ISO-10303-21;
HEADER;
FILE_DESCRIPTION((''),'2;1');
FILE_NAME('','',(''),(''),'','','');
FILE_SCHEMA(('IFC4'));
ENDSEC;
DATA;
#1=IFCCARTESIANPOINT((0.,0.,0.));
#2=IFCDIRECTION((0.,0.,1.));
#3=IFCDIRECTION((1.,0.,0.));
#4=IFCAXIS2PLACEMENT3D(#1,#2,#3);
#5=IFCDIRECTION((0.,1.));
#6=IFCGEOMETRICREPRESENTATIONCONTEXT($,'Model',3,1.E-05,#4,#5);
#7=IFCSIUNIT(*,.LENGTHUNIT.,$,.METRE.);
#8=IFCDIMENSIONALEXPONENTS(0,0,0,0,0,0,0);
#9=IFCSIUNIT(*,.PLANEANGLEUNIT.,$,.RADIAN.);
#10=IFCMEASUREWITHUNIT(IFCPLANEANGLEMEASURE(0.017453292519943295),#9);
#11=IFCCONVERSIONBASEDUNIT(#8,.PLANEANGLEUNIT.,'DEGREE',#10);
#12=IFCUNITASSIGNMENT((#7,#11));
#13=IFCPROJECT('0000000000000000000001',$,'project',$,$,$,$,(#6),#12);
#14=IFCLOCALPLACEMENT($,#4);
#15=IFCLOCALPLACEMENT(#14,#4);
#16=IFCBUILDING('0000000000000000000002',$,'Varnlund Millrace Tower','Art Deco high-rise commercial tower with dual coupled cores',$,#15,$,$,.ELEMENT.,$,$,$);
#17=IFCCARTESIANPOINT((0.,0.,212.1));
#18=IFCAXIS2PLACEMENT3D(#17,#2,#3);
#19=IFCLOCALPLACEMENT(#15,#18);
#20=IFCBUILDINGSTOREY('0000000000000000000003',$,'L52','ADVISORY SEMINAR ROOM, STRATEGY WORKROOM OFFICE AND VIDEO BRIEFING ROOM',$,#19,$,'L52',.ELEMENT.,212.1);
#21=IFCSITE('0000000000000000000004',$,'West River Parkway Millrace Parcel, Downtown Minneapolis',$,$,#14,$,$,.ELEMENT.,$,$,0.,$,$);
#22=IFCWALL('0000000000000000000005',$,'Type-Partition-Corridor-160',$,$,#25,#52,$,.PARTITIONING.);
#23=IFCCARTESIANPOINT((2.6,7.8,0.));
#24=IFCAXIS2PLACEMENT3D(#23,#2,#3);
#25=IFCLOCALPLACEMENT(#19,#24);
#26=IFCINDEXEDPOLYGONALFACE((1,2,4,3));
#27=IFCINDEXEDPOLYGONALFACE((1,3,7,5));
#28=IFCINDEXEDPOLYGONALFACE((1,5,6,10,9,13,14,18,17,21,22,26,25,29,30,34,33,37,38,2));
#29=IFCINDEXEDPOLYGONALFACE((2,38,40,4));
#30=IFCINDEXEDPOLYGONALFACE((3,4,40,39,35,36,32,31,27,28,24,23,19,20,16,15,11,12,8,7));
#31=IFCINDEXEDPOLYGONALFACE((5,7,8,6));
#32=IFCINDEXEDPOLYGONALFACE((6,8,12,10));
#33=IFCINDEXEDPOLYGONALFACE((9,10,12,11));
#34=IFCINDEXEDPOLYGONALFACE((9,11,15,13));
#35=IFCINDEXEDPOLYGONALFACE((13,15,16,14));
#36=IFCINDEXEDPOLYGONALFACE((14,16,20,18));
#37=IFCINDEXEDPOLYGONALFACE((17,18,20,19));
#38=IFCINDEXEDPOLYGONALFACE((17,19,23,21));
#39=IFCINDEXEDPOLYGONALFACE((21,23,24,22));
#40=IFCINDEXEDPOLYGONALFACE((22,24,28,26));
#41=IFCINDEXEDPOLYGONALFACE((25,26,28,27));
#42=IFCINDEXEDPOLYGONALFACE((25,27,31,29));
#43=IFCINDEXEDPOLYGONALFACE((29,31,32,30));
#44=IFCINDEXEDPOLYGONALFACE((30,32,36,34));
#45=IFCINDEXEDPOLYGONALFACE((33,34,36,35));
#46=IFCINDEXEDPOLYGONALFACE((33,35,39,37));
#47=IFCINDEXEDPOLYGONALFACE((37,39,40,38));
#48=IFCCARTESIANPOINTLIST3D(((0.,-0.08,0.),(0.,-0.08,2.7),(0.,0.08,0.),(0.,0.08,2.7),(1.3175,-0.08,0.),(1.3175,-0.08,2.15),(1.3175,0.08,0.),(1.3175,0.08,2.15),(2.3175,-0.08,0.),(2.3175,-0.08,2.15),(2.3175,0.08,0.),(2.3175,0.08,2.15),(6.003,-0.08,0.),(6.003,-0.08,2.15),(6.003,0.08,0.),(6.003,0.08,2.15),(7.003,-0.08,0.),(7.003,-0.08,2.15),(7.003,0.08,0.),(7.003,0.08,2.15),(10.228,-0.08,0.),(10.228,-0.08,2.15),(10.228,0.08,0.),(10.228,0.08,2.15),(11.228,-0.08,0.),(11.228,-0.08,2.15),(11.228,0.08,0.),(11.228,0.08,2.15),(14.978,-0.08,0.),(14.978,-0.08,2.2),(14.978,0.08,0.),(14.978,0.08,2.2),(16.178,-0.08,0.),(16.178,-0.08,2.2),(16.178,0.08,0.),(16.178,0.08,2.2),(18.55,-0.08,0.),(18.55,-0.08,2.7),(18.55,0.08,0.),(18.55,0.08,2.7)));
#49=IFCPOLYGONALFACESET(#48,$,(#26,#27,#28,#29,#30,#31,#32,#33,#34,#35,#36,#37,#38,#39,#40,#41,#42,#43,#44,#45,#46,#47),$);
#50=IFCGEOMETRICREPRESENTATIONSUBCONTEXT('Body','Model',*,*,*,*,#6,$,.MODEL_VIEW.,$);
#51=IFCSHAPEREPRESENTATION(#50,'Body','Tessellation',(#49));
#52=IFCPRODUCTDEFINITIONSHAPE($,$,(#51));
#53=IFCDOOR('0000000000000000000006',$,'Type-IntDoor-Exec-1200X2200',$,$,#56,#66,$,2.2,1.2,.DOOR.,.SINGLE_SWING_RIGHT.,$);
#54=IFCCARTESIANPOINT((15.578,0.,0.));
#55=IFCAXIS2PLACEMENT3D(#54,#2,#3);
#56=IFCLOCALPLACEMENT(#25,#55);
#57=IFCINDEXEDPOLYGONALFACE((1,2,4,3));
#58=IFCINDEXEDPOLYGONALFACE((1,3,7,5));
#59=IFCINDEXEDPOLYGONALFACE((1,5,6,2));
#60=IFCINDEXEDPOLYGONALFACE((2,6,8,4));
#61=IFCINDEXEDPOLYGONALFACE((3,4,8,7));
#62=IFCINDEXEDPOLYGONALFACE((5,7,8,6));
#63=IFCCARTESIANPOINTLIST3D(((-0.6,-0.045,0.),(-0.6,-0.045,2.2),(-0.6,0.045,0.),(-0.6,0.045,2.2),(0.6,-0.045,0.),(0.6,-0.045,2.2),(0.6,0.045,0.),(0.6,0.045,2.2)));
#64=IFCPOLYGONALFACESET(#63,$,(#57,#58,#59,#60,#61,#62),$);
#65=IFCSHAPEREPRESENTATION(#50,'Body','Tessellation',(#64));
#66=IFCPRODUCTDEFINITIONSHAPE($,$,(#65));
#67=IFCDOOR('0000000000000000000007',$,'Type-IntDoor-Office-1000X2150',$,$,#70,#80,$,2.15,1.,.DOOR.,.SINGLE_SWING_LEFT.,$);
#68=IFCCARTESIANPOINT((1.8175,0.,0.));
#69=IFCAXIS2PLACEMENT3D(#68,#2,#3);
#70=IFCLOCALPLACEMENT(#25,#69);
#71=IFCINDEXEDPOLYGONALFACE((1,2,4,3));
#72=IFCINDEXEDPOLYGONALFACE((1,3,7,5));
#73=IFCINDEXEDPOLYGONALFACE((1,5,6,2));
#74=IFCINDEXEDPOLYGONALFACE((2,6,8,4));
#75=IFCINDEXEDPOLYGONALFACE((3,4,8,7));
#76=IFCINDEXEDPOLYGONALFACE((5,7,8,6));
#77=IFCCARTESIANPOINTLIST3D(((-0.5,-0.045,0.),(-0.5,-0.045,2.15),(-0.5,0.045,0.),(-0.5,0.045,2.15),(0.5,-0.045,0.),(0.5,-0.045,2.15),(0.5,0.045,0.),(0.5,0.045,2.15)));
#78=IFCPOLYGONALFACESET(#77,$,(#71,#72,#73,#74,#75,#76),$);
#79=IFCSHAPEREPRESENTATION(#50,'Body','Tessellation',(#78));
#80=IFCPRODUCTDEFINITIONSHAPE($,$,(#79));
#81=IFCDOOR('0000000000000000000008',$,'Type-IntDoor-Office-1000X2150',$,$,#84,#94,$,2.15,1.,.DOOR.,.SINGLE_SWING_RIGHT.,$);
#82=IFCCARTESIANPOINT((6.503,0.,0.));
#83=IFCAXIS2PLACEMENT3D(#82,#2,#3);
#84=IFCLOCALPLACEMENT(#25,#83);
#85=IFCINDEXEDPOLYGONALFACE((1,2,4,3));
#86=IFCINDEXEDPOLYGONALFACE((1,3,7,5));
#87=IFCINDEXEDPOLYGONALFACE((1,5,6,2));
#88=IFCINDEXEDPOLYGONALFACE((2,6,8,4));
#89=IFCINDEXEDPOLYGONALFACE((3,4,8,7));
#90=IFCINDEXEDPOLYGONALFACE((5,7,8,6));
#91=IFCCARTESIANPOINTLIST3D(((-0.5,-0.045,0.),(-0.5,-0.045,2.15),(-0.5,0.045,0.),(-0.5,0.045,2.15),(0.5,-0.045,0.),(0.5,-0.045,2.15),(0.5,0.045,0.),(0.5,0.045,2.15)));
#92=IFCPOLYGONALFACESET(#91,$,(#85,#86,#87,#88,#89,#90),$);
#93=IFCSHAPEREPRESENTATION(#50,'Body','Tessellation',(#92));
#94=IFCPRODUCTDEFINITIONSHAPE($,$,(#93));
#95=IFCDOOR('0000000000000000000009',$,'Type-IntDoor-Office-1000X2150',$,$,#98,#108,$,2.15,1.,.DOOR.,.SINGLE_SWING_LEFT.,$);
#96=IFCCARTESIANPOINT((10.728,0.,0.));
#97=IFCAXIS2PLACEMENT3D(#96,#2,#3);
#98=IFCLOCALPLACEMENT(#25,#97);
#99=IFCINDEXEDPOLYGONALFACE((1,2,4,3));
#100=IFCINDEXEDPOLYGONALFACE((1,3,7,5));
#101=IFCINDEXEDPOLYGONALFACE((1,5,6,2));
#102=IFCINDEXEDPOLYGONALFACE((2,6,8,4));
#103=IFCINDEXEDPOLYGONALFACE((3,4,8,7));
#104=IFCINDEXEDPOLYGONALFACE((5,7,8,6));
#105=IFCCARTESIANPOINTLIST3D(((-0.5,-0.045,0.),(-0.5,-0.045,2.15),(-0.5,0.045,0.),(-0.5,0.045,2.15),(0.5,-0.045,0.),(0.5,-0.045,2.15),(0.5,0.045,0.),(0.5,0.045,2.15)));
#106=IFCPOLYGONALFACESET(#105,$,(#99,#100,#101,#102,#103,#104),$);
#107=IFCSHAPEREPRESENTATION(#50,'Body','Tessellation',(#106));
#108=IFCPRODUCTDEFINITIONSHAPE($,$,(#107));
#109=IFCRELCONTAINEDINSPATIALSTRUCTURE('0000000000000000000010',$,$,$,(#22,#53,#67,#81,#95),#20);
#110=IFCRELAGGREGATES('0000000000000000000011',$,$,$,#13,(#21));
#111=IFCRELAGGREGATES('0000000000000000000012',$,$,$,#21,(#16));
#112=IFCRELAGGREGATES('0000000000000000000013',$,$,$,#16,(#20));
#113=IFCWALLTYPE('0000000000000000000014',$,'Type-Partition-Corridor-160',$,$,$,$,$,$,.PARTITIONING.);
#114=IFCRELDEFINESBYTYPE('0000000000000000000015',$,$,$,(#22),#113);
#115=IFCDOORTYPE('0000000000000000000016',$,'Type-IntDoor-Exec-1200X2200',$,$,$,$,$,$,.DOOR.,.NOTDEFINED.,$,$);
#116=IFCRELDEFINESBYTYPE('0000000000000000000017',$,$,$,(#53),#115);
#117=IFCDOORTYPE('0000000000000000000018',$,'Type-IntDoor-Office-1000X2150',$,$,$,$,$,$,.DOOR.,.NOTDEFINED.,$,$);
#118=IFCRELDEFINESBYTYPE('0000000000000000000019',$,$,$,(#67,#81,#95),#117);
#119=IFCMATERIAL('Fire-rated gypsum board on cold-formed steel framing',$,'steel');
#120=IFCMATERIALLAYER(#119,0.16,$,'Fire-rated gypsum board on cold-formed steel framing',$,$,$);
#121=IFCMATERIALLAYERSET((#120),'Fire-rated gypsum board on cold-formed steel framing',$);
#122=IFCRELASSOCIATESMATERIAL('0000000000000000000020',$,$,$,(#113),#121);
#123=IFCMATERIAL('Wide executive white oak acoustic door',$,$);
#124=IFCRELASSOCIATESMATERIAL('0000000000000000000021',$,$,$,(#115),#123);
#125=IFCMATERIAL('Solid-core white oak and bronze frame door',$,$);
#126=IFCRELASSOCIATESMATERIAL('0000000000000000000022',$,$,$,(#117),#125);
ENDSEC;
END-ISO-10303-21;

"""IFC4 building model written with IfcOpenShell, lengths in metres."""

from ifc_helpers import new_model, entity, si_unit, converted_unit, direction, frame, origin_with_axes, origin_2d_with_axis, place, context, subcontext, project, spatial, polyline, rectangle, outline, extrude, material, layer, layer_set, type_object, element, fill, save


model = new_model("IFC4")

# Units and contexts
model_context = context("Model", 3, precision=1e-05, world=origin_with_axes(), true_north=direction((0.0, 1.0)))
body_context = subcontext(model_context, "Body", "Model", "MODEL_VIEW")
ifc_project = project(units=[si_unit("LENGTHUNIT", "METRE"), converted_unit("PLANEANGLEUNIT", "DEGREE", entity("IfcPlaneAngleMeasure", 0.017453292519943295), si_unit("PLANEANGLEUNIT", "RADIAN"), dimensions=[0, 0, 0, 0, 0, 0, 0])], contexts=[model_context])

# Site, building, storey
site_placement = place(None, origin_with_axes())
site = spatial("IfcSite", under=ifc_project, at=site_placement, Name="West River Parkway Millrace Parcel, Downtown Minneapolis", CompositionType="ELEMENT", RefElevation=0.0)
building_placement = place(site_placement, origin_with_axes())
building = spatial("IfcBuilding", under=site, at=building_placement, Name="Varnlund Millrace Tower", Description="Art Deco high-rise commercial tower with dual coupled cores", CompositionType="ELEMENT")
storey_placement = place(building_placement, frame((0.0, 0.0, 212.1), z_axis=(0.0, 0.0, 1.0), x_axis=(1.0, 0.0, 0.0)))
storey = spatial("IfcBuildingStorey", under=building, at=storey_placement, Name="L52", Description="ADVISORY SEMINAR ROOM, STRATEGY WORKROOM OFFICE AND VIDEO BRIEFING ROOM", LongName="L52", CompositionType="ELEMENT", Elevation=212.1)

# Shared definitions
ifc_material_1 = material(Name="Fire-rated gypsum board on cold-formed steel framing", Category="steel")
ifc_layer_1 = layer(ifc_material_1, 0.16, Name="Fire-rated gypsum board on cold-formed steel framing")
ifc_layer_set_1 = layer_set([ifc_layer_1], Name="Fire-rated gypsum board on cold-formed steel framing")
wall_type_1 = type_object("IfcWallType", Name="Type-Partition-Corridor-160", PredefinedType="PARTITIONING", material=ifc_layer_set_1)

# Wall, openings, doors
wall_1_placement = place(storey_placement, frame((2.6, 7.8, 0.0), z_axis=(0.0, 0.0, 1.0), x_axis=(1.0, 0.0, 0.0)))
wall_1 = element("IfcWall", 1, at=wall_1_placement, inside=storey, type_object=wall_type_1, Name="Type-Partition-Corridor-160", PredefinedType="PARTITIONING", context=body_context, shape_type="SweptSolid", body=[
    extrude(outline(polyline([(0.0, -0.08), (18.55, -0.08), (18.55, 0.08), (0.0, 0.08), (0.0, -0.08)])), origin_with_axes(), (0.0, 0.0, 1.0), 2.7),
])
opening_1_placement = place(wall_1_placement, frame((1.8175, 0.0, 0.0), z_axis=(0.0, 0.0, 1.0), x_axis=(1.0, 0.0, 0.0)))
opening_1 = element("IfcOpeningElement", 2, at=opening_1_placement, cuts=wall_1, PredefinedType="OPENING", context=body_context, shape_type="SweptSolid", body=[
    extrude(rectangle(XDim=1.0, YDim=0.18, at=origin_2d_with_axis()), origin_with_axes(), (0.0, 0.0, 1.0), 2.15),
])
opening_2_placement = place(wall_1_placement, frame((6.503, 0.0, 0.0), z_axis=(0.0, 0.0, 1.0), x_axis=(1.0, 0.0, 0.0)))
opening_2 = element("IfcOpeningElement", 3, at=opening_2_placement, cuts=wall_1, PredefinedType="OPENING", context=body_context, shape_type="SweptSolid", body=[
    extrude(rectangle(XDim=1.0, YDim=0.18, at=origin_2d_with_axis()), origin_with_axes(), (0.0, 0.0, 1.0), 2.15),
])
opening_3_placement = place(wall_1_placement, frame((10.728, 0.0, 0.0), z_axis=(0.0, 0.0, 1.0), x_axis=(1.0, 0.0, 0.0)))
opening_3 = element("IfcOpeningElement", 4, at=opening_3_placement, cuts=wall_1, PredefinedType="OPENING", context=body_context, shape_type="SweptSolid", body=[
    extrude(rectangle(XDim=1.0, YDim=0.18, at=origin_2d_with_axis()), origin_with_axes(), (0.0, 0.0, 1.0), 2.15),
])
opening_4_placement = place(wall_1_placement, frame((15.578, 0.0, 0.0), z_axis=(0.0, 0.0, 1.0), x_axis=(1.0, 0.0, 0.0)))
opening_4 = element("IfcOpeningElement", 5, at=opening_4_placement, cuts=wall_1, PredefinedType="OPENING", context=body_context, shape_type="SweptSolid", body=[
    extrude(rectangle(XDim=1.2, YDim=0.18, at=origin_2d_with_axis()), origin_with_axes(), (0.0, 0.0, 1.0), 2.2),
])
ifc_material_2 = material(Name="Wide executive white oak acoustic door")
door_type_1 = type_object("IfcDoorType", Name="Type-IntDoor-Exec-1200X2200", OperationType="NOTDEFINED", PredefinedType="DOOR", material=ifc_material_2)
door_1_placement = place(wall_1_placement, frame((15.578, 0.0, 0.0), z_axis=(0.0, 0.0, 1.0), x_axis=(1.0, 0.0, 0.0)))
door_1 = element("IfcDoor", 6, at=door_1_placement, inside=storey, type_object=door_type_1, Name="Type-IntDoor-Exec-1200X2200", OperationType="SINGLE_SWING_RIGHT", OverallHeight=2.2, OverallWidth=1.2, PredefinedType="DOOR", context=body_context, shape_type="SweptSolid", body=[
    extrude(rectangle(XDim=1.2, YDim=0.09, at=origin_2d_with_axis()), origin_with_axes(), (0.0, 0.0, 1.0), 2.2),
])
fill(opening_4, door_1)
ifc_material_3 = material(Name="Solid-core white oak and bronze frame door")
door_type_2 = type_object("IfcDoorType", Name="Type-IntDoor-Office-1000X2150", OperationType="NOTDEFINED", PredefinedType="DOOR", material=ifc_material_3)
door_2_placement = place(wall_1_placement, frame((1.8175, 0.0, 0.0), z_axis=(0.0, 0.0, 1.0), x_axis=(1.0, 0.0, 0.0)))
door_2 = element("IfcDoor", 7, at=door_2_placement, inside=storey, type_object=door_type_2, Name="Type-IntDoor-Office-1000X2150", OperationType="SINGLE_SWING_LEFT", OverallHeight=2.15, OverallWidth=1.0, PredefinedType="DOOR", context=body_context, shape_type="SweptSolid", body=[
    extrude(rectangle(XDim=1.0, YDim=0.09, at=origin_2d_with_axis()), origin_with_axes(), (0.0, 0.0, 1.0), 2.15),
])
fill(opening_1, door_2)
door_3_placement = place(wall_1_placement, frame((6.503, 0.0, 0.0), z_axis=(0.0, 0.0, 1.0), x_axis=(1.0, 0.0, 0.0)))
door_3 = element("IfcDoor", 8, at=door_3_placement, inside=storey, type_object=door_type_2, Name="Type-IntDoor-Office-1000X2150", OperationType="SINGLE_SWING_RIGHT", OverallHeight=2.15, OverallWidth=1.0, PredefinedType="DOOR", context=body_context, shape_type="SweptSolid", body=[
    extrude(rectangle(XDim=1.0, YDim=0.09, at=origin_2d_with_axis()), origin_with_axes(), (0.0, 0.0, 1.0), 2.15),
])
fill(opening_2, door_3)
door_4_placement = place(wall_1_placement, frame((10.728, 0.0, 0.0), z_axis=(0.0, 0.0, 1.0), x_axis=(1.0, 0.0, 0.0)))
door_4 = element("IfcDoor", 9, at=door_4_placement, inside=storey, type_object=door_type_2, Name="Type-IntDoor-Office-1000X2150", OperationType="SINGLE_SWING_LEFT", OverallHeight=2.15, OverallWidth=1.0, PredefinedType="DOOR", context=body_context, shape_type="SweptSolid", body=[
    extrude(rectangle(XDim=1.0, YDim=0.09, at=origin_2d_with_axis()), origin_with_axes(), (0.0, 0.0, 1.0), 2.15),
])
fill(opening_3, door_4)

save(model, "model.ifc")
